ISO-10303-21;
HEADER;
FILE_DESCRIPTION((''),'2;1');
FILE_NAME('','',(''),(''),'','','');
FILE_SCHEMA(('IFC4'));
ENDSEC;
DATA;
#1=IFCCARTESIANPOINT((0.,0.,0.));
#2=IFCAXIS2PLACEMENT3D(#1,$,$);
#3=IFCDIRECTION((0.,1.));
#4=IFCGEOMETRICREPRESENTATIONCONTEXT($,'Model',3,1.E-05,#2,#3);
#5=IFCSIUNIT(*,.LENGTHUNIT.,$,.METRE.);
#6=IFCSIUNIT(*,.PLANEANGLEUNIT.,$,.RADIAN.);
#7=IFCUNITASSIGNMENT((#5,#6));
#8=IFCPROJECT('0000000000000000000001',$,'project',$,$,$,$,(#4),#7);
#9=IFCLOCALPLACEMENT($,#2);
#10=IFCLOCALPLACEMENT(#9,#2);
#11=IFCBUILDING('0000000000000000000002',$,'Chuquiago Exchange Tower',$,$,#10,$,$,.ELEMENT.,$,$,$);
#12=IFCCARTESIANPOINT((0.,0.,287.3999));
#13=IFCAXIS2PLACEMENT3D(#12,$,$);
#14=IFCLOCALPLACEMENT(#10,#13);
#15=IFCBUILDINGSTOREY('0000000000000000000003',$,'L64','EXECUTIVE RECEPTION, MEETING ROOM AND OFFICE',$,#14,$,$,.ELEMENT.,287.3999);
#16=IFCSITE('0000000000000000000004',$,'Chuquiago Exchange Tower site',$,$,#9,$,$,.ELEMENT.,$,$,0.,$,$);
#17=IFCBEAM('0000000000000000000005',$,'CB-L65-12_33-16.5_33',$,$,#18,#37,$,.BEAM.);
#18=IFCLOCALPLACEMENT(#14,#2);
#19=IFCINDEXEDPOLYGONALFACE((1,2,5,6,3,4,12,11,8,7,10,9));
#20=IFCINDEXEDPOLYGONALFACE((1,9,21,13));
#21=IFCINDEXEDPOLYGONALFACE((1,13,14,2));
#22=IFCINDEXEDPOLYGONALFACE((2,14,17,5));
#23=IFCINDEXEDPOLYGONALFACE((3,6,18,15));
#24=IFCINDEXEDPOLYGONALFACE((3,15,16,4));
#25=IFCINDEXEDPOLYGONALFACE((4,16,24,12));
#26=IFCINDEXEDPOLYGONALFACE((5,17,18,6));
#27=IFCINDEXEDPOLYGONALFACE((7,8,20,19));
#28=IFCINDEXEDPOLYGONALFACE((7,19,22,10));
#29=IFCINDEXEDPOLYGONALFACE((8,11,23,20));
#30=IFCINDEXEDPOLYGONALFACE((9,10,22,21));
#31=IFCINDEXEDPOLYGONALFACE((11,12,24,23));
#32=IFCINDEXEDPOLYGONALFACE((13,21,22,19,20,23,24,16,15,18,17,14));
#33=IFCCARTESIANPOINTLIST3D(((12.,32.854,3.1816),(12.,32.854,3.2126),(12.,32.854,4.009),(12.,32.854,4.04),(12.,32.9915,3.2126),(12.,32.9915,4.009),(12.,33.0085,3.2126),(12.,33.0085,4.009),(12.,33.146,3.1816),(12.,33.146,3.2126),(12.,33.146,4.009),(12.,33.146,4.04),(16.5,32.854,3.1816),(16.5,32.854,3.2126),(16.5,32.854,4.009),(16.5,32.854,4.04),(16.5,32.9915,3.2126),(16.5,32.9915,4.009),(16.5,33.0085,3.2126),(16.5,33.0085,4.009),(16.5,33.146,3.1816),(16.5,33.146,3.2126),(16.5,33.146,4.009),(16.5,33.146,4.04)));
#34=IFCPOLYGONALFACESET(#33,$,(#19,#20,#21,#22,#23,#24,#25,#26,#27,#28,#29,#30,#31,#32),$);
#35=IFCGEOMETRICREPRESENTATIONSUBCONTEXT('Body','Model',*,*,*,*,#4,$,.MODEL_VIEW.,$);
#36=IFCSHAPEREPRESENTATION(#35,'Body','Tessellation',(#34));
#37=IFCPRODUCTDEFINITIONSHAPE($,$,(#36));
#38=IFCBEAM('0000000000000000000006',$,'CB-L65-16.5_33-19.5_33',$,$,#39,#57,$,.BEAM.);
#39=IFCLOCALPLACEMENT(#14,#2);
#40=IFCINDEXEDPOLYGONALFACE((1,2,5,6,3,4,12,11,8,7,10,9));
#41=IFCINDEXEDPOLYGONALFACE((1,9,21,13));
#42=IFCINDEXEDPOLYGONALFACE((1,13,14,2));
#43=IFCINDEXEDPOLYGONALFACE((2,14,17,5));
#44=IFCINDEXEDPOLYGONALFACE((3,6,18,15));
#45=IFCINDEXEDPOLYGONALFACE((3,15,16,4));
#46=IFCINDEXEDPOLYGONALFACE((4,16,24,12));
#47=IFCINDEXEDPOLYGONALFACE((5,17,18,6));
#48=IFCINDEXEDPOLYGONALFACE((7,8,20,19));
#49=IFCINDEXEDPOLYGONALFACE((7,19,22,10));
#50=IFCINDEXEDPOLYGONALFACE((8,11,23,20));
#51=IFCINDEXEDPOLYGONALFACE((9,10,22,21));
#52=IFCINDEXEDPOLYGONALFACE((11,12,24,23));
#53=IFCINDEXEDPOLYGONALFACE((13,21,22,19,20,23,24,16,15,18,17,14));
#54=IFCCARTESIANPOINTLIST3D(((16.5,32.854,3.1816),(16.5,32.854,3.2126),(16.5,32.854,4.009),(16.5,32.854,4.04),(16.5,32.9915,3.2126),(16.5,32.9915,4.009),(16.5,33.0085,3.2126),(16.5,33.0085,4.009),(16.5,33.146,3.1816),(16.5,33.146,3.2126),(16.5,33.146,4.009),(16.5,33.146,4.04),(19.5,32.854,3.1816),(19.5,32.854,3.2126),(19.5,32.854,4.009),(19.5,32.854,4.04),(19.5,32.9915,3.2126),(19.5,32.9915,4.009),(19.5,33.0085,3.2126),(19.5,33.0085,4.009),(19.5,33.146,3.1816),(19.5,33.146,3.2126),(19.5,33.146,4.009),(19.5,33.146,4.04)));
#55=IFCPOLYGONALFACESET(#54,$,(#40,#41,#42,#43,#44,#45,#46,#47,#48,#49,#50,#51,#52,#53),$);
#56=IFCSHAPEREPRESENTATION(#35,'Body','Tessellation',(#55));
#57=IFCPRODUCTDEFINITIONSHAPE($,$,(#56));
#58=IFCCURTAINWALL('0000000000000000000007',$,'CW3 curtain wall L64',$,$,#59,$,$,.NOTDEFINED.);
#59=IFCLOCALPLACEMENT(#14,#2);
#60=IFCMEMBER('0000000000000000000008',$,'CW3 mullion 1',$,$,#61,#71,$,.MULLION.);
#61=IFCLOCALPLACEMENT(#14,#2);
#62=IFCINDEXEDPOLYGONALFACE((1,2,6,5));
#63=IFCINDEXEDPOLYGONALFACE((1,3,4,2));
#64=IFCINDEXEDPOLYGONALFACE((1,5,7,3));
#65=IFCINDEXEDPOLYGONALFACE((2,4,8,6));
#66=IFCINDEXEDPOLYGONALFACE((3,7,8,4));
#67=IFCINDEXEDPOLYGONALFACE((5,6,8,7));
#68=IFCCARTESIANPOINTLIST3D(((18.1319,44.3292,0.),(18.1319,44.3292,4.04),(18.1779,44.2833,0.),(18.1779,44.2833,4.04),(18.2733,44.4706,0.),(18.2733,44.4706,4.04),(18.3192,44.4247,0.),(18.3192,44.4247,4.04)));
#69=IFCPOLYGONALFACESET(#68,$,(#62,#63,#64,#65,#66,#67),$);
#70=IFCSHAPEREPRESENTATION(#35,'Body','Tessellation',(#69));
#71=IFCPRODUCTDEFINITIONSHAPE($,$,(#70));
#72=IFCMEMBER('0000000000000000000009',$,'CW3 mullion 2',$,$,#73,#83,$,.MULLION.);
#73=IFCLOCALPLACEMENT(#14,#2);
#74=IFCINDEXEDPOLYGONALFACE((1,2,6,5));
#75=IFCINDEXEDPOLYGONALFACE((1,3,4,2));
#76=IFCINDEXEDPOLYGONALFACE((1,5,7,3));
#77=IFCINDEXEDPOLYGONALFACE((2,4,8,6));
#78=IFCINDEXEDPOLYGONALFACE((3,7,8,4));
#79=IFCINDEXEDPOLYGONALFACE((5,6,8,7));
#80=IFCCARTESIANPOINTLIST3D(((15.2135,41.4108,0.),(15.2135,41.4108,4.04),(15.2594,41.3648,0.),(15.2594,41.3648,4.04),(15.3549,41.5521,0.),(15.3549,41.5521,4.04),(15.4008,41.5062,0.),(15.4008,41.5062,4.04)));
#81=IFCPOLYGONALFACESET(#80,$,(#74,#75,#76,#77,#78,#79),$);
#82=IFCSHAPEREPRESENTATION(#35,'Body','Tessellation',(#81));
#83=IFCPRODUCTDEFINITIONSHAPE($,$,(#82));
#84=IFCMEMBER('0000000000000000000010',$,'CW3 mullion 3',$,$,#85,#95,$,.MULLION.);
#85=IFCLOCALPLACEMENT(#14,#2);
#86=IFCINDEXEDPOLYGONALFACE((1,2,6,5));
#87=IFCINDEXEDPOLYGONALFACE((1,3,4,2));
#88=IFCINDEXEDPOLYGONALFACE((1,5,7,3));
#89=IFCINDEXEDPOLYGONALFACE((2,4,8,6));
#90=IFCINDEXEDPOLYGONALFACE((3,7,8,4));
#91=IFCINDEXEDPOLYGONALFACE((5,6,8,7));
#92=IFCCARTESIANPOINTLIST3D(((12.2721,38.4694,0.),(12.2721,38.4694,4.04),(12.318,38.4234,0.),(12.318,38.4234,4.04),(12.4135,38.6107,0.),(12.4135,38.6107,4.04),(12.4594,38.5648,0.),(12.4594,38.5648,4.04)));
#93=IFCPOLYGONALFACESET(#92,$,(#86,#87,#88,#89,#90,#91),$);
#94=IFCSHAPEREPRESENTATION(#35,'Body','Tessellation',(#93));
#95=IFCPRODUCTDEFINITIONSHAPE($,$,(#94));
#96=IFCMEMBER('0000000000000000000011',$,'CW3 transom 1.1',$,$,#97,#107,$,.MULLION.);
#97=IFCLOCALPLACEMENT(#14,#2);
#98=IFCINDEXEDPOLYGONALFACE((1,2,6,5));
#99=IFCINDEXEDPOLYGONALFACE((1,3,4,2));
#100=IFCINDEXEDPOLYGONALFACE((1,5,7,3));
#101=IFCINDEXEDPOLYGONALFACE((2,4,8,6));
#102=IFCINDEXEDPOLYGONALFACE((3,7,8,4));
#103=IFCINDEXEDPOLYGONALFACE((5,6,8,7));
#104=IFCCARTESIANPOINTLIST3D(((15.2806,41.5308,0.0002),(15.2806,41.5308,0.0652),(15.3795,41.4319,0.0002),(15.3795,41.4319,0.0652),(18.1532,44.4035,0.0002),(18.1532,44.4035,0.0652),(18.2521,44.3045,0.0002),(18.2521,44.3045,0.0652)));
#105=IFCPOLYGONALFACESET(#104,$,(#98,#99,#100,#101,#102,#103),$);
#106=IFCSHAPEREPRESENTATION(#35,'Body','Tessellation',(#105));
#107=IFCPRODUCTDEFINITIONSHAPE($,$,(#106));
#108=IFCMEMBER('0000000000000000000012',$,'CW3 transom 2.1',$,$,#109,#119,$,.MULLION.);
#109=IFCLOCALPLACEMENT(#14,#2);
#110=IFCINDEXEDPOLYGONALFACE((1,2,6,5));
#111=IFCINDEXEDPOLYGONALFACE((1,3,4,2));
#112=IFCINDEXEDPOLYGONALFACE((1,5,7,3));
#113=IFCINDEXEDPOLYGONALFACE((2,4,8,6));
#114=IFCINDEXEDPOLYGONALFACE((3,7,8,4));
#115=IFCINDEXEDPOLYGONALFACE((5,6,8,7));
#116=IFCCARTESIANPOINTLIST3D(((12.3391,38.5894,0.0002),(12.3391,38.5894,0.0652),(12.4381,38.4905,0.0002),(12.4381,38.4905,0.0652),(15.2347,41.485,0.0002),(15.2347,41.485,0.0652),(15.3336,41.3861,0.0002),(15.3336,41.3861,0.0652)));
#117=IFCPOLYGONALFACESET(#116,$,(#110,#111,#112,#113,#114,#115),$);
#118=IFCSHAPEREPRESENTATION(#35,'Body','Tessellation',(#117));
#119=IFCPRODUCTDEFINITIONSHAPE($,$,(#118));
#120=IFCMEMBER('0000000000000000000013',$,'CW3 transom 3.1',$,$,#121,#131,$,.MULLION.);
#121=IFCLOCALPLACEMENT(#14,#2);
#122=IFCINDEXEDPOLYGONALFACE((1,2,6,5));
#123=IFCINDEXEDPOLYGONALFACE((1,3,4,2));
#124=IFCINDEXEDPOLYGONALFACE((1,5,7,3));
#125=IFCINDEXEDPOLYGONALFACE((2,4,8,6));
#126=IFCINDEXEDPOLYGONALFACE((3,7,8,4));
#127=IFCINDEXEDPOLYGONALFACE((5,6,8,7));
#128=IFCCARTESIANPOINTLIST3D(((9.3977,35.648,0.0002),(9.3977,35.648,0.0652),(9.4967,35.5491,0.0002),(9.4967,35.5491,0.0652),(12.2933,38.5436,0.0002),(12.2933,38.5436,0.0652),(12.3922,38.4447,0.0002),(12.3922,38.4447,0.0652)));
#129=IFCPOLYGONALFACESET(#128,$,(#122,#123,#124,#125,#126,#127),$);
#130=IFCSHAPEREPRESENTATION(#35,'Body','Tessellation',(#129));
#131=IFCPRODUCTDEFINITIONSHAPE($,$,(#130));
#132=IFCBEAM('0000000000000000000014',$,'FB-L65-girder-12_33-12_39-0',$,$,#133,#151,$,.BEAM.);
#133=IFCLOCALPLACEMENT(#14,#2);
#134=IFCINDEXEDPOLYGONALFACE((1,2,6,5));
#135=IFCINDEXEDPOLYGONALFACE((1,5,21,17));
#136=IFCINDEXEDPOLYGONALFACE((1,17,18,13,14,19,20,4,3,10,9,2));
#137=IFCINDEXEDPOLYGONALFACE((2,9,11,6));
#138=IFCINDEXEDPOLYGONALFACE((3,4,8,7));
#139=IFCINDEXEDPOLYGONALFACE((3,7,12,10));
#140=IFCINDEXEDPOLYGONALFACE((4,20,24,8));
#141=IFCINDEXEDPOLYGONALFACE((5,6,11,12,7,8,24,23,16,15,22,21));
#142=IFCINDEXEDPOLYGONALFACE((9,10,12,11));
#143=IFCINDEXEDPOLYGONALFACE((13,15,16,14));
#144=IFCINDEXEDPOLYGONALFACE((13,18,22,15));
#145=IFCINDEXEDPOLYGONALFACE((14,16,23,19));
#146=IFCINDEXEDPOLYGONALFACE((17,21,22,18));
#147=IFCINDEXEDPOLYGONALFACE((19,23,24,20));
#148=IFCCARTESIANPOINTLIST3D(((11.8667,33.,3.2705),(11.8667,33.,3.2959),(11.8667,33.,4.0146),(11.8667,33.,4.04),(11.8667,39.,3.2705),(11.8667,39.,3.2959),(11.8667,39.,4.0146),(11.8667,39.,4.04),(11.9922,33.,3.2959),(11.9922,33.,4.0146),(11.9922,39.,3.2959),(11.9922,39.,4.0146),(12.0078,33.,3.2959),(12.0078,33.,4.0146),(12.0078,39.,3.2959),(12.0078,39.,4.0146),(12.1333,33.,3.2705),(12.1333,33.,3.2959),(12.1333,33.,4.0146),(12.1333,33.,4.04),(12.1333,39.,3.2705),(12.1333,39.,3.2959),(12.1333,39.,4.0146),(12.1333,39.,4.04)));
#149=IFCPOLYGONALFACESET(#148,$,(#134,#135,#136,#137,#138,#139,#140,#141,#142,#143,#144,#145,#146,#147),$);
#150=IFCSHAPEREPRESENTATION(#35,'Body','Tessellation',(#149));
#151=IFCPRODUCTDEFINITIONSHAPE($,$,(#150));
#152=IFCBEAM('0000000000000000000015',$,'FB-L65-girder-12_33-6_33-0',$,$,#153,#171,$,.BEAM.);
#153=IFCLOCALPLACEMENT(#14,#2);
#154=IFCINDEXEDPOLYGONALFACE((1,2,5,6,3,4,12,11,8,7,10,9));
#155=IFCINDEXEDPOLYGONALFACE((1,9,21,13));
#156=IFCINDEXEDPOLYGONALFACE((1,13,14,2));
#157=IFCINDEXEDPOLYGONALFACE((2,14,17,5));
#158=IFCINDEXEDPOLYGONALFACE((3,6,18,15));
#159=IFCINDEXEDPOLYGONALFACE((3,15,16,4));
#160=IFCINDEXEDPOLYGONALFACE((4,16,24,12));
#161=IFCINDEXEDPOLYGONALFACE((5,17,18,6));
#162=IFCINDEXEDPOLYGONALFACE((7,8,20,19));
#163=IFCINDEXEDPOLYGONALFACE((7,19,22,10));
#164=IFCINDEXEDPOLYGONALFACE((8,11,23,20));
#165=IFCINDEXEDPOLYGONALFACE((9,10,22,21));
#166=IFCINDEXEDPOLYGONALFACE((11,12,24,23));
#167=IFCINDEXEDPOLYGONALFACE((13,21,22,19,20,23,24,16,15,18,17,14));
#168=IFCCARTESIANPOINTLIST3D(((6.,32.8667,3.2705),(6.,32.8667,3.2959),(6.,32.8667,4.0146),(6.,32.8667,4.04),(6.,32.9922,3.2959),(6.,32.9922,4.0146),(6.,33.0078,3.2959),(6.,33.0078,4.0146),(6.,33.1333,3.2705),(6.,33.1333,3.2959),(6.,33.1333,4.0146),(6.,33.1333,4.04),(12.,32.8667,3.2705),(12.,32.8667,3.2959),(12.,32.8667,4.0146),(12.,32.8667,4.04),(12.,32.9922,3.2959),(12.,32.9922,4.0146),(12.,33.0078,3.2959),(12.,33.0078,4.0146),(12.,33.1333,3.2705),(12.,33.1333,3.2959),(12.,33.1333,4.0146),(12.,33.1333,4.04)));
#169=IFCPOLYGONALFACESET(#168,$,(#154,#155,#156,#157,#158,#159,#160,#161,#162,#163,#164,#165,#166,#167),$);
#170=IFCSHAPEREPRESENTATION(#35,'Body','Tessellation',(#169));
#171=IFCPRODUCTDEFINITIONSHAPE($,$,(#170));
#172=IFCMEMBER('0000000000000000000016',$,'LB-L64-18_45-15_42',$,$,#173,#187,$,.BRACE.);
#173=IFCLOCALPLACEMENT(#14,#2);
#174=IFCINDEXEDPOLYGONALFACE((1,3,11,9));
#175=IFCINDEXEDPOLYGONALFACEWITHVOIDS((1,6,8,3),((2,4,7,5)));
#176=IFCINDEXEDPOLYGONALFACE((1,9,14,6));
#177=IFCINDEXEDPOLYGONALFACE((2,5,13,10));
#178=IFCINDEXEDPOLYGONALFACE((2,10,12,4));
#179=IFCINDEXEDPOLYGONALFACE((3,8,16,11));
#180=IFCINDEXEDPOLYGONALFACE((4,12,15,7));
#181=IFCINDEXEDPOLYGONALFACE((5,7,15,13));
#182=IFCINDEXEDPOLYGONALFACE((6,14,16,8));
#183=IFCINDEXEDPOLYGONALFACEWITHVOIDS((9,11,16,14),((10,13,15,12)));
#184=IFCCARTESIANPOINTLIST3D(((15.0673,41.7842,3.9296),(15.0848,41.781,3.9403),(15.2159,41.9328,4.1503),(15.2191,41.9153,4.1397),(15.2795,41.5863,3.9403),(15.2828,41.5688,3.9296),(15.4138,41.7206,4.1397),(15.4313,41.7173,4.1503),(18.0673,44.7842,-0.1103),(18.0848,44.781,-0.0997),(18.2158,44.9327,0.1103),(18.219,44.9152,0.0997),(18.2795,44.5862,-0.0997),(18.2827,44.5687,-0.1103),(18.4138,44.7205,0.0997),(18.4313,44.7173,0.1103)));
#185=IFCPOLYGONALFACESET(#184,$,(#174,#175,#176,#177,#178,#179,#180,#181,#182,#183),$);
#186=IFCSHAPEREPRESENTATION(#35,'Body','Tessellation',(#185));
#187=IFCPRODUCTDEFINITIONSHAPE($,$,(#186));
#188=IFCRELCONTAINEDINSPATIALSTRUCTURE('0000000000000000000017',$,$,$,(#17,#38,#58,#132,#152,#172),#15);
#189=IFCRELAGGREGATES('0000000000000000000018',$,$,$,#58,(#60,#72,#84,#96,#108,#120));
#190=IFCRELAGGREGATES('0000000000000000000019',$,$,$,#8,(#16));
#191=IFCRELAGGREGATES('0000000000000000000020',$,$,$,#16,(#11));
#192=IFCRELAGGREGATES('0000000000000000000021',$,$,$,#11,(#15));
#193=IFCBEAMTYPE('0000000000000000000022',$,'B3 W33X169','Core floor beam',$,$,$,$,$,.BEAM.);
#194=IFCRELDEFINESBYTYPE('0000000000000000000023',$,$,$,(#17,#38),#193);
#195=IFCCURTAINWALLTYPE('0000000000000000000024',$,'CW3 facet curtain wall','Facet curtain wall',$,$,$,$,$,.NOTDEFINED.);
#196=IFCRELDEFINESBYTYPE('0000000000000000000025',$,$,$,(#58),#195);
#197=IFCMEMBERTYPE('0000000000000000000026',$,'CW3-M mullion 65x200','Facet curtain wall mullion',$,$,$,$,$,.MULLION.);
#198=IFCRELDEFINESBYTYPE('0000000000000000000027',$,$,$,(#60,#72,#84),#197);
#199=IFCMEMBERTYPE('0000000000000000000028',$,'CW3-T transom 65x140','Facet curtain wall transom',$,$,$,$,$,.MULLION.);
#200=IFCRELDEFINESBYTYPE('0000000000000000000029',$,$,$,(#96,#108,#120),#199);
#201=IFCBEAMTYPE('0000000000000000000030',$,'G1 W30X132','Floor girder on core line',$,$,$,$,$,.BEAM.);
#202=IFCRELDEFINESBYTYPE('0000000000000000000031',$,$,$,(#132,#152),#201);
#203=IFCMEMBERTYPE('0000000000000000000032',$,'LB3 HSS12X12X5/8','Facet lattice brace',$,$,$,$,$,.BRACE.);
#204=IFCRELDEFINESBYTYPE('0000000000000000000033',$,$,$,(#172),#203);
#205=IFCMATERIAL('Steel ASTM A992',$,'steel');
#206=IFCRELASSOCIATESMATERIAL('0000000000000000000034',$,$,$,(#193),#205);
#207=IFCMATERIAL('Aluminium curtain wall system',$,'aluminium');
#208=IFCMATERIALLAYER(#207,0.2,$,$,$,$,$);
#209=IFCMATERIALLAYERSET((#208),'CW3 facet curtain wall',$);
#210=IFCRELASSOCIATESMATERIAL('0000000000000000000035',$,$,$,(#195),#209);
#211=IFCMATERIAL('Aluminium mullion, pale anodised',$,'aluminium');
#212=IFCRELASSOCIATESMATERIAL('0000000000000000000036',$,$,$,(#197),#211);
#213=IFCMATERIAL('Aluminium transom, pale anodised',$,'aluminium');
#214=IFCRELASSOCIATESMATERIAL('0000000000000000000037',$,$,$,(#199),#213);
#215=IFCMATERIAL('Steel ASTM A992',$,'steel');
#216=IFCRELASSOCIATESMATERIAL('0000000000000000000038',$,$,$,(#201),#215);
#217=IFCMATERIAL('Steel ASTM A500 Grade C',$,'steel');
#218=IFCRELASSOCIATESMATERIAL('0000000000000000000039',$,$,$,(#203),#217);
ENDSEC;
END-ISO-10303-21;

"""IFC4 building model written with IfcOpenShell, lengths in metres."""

from ifc_helpers import new_model, si_unit, direction, frame, origin, origin_2d, place, context, subcontext, project, spatial, rectangle, hollow_rectangle, i_section, extrude, material, layer, layer_set, material_profile, profile_set, type_object, element, aggregate, save


model = new_model("IFC4")

# Units and contexts
model_context = context("Model", 3, precision=1e-05, world=origin(), true_north=direction((0.0, 1.0)))
body_context = subcontext(model_context, "Body", "Model", "MODEL_VIEW")
ifc_project = project(units=[si_unit("LENGTHUNIT", "METRE"), si_unit("PLANEANGLEUNIT", "RADIAN")], contexts=[model_context])

# Site, building, storey
site_placement = place(None, origin())
site = spatial("IfcSite", under=ifc_project, at=site_placement, Name="Chuquiago Exchange Tower site", CompositionType="ELEMENT", RefElevation=0.0)
building_placement = place(site_placement, origin())
building = spatial("IfcBuilding", under=site, at=building_placement, Name="Chuquiago Exchange Tower", CompositionType="ELEMENT")
storey_placement = place(building_placement, frame((0.0, 0.0, 287.3999)))
storey = spatial("IfcBuildingStorey", under=building, at=storey_placement, Name="L64", Description="EXECUTIVE RECEPTION, MEETING ROOM AND OFFICE", CompositionType="ELEMENT", Elevation=287.3999)

# Beams
ifc_material_1 = material(Name="Steel ASTM A992", Category="steel")
ifc_material_profile_1 = material_profile(ifc_material_1, i_section(OverallWidth=0.292, OverallDepth=0.8584, WebThickness=0.0171, FlangeThickness=0.031, at=origin_2d()), Name="W33X169")
ifc_profile_set_1 = profile_set([ifc_material_profile_1], Name="Steel ASTM A992")
beam_type_1 = type_object("IfcBeamType", Name="B3 W33X169", Description="Core floor beam", PredefinedType="BEAM", material=ifc_profile_set_1)
beam_1_placement = place(storey_placement, frame((12.0, 33.0, 3.6108), z_axis=(1.0, 0.0, 0.0), x_axis=(0.0, 1.0, 0.0)))
element("IfcBeam", 1, at=beam_1_placement, inside=storey, type_object=beam_type_1, Name="CB-L65-12_33-16.5_33", PredefinedType="BEAM", context=body_context, shape_type="SweptSolid", body=[
    extrude(i_section(OverallWidth=0.292, OverallDepth=0.8584, WebThickness=0.0171, FlangeThickness=0.031, at=origin_2d()), origin(), (0.0, 0.0, 1.0), 4.5),
])
beam_2_placement = place(storey_placement, frame((16.5, 33.0, 3.6108), z_axis=(1.0, 0.0, 0.0), x_axis=(0.0, 1.0, 0.0)))
element("IfcBeam", 2, at=beam_2_placement, inside=storey, type_object=beam_type_1, Name="CB-L65-16.5_33-19.5_33", PredefinedType="BEAM", context=body_context, shape_type="SweptSolid", body=[
    extrude(i_section(OverallWidth=0.292, OverallDepth=0.8584, WebThickness=0.0171, FlangeThickness=0.031, at=origin_2d()), origin(), (0.0, 0.0, 1.0), 3.0),
])

# Curtain wall, members
ifc_material_2 = material(Name="Aluminium curtain wall system", Category="aluminium")
ifc_layer_1 = layer(ifc_material_2, 0.2)
ifc_layer_set_1 = layer_set([ifc_layer_1], Name="CW3 facet curtain wall")
curtain_wall_type = type_object("IfcCurtainWallType", Name="CW3 facet curtain wall", Description="Facet curtain wall", PredefinedType="NOTDEFINED", material=ifc_layer_set_1)
curtain_wall_placement = place(storey_placement, origin())
curtain_wall = element("IfcCurtainWall", 3, at=curtain_wall_placement, inside=storey, type_object=curtain_wall_type, Name="CW3 curtain wall L64", PredefinedType="NOTDEFINED")
ifc_material_3 = material(Name="Aluminium mullion, pale anodised", Category="aluminium")
ifc_material_profile_2 = material_profile(ifc_material_3, rectangle(XDim=0.0649, YDim=0.2, at=origin_2d()), Name="AL 65x200")
ifc_profile_set_2 = profile_set([ifc_material_profile_2], Name="Aluminium mullion, pale anodised")
member_type_1 = type_object("IfcMemberType", Name="CW3-M mullion 65x200", Description="Facet curtain wall mullion", PredefinedType="MULLION", material=ifc_profile_set_2)
member_1_placement = place(storey_placement, frame((18.2256, 44.377, 0.0), z_axis=(0.0, 0.0, 1.0), x_axis=(0.707107, -0.707107, 0.0)))
member_1 = element("IfcMember", 4, at=member_1_placement, type_object=member_type_1, Name="CW3 mullion 1", PredefinedType="MULLION", context=body_context, shape_type="SweptSolid", body=[
    extrude(rectangle(XDim=0.0649, YDim=0.2, at=origin_2d()), origin(), (0.0, 0.0, 1.0), 4.04),
])
member_2_placement = place(storey_placement, frame((15.3071, 41.4585, 0.0), z_axis=(0.0, 0.0, 1.0), x_axis=(0.707107, -0.707107, 0.0)))
member_2 = element("IfcMember", 5, at=member_2_placement, type_object=member_type_1, Name="CW3 mullion 2", PredefinedType="MULLION", context=body_context, shape_type="SweptSolid", body=[
    extrude(rectangle(XDim=0.0649, YDim=0.2, at=origin_2d()), origin(), (0.0, 0.0, 1.0), 4.04),
])
member_3_placement = place(storey_placement, frame((12.3657, 38.5171, 0.0), z_axis=(0.0, 0.0, 1.0), x_axis=(0.707107, -0.707107, 0.0)))
member_3 = element("IfcMember", 6, at=member_3_placement, type_object=member_type_1, Name="CW3 mullion 3", PredefinedType="MULLION", context=body_context, shape_type="SweptSolid", body=[
    extrude(rectangle(XDim=0.0649, YDim=0.2, at=origin_2d()), origin(), (0.0, 0.0, 1.0), 4.04),
])
ifc_material_4 = material(Name="Aluminium transom, pale anodised", Category="aluminium")
ifc_material_profile_3 = material_profile(ifc_material_4, rectangle(XDim=0.1399, YDim=0.0649, at=origin_2d()), Name="AL 140x65")
ifc_profile_set_3 = profile_set([ifc_material_profile_3], Name="Aluminium transom, pale anodised")
member_type_2 = type_object("IfcMemberType", Name="CW3-T transom 65x140", Description="Facet curtain wall transom", PredefinedType="MULLION", material=ifc_profile_set_3)
member_4_placement = place(storey_placement, frame((18.2026, 44.354, 0.0327), z_axis=(-0.707107, -0.707107, 0.0), x_axis=(0.707107, -0.707107, 0.0)))
member_4 = element("IfcMember", 7, at=member_4_placement, type_object=member_type_2, Name="CW3 transom 1.1", PredefinedType="MULLION", context=body_context, shape_type="SweptSolid", body=[
    extrude(rectangle(XDim=0.1399, YDim=0.0649, at=origin_2d()), origin(), (0.0, 0.0, 1.0), 4.0625),
])
member_5_placement = place(storey_placement, frame((15.2842, 41.4355, 0.0327), z_axis=(-0.707107, -0.707107, 0.0), x_axis=(0.707107, -0.707107, 0.0)))
member_5 = element("IfcMember", 8, at=member_5_placement, type_object=member_type_2, Name="CW3 transom 2.1", PredefinedType="MULLION", context=body_context, shape_type="SweptSolid", body=[
    extrude(rectangle(XDim=0.1399, YDim=0.0649, at=origin_2d()), origin(), (0.0, 0.0, 1.0), 4.095),
])
member_6_placement = place(storey_placement, frame((12.3428, 38.4941, 0.0327), z_axis=(-0.707107, -0.707107, 0.0), x_axis=(0.707107, -0.707107, 0.0)))
member_6 = element("IfcMember", 9, at=member_6_placement, type_object=member_type_2, Name="CW3 transom 3.1", PredefinedType="MULLION", context=body_context, shape_type="SweptSolid", body=[
    extrude(rectangle(XDim=0.1399, YDim=0.0649, at=origin_2d()), origin(), (0.0, 0.0, 1.0), 4.095),
])

# Beams
ifc_material_5 = material(Name="Steel ASTM A992", Category="steel")
ifc_material_profile_4 = material_profile(ifc_material_5, i_section(OverallWidth=0.2666, OverallDepth=0.7695, WebThickness=0.0156, FlangeThickness=0.0254, at=origin_2d()), Name="W30X132")
ifc_profile_set_4 = profile_set([ifc_material_profile_4], Name="Steel ASTM A992")
beam_type_2 = type_object("IfcBeamType", Name="G1 W30X132", Description="Floor girder on core line", PredefinedType="BEAM", material=ifc_profile_set_4)
for number, where, z_axis, x_axis, name in (
    (10, (12.0, 33.0, 3.6553), (0.0, 1.0, 0.0), (-1.0, 0.0, 0.0), "FB-L65-girder-12_33-12_39-0"),
    (11, (12.0, 33.0, 3.6553), (-1.0, 0.0, 0.0), (0.0, -1.0, 0.0), "FB-L65-girder-12_33-6_33-0"),
):
    element("IfcBeam", number, at=place(storey_placement, frame(where, z_axis=z_axis, x_axis=x_axis)), inside=storey, type_object=beam_type_2, Name=name, PredefinedType="BEAM", context=body_context, shape_type="SweptSolid", body=[
        extrude(i_section(OverallWidth=0.2666, OverallDepth=0.7695, WebThickness=0.0156, FlangeThickness=0.0254, at=origin_2d()), origin(), (0.0, 0.0, 1.0), 6.0),
    ])

# Member
ifc_material_6 = material(Name="Steel ASTM A500 Grade C", Category="steel")
ifc_material_profile_5 = material_profile(ifc_material_6, hollow_rectangle(XDim=0.3047, YDim=0.3047, WallThickness=0.0146, at=origin_2d()), Name="HSS12X12X5/8")
ifc_profile_set_5 = profile_set([ifc_material_profile_5], Name="Steel ASTM A500 Grade C")
member_type_3 = type_object("IfcMemberType", Name="LB3 HSS12X12X5/8", Description="Facet lattice brace", PredefinedType="BRACE", material=ifc_profile_set_5)
for number, where, z_axis, x_axis, name in (
    (12, (18.2493, 44.7507, 0.0), (-0.512077, -0.512077, 0.689604), (0.707107, -0.707107, 0.0), "LB-L64-18_45-15_42"),
):
    element("IfcMember", number, at=place(storey_placement, frame(where, z_axis=z_axis, x_axis=x_axis)), inside=storey, type_object=member_type_3, Name=name, PredefinedType="BRACE", context=body_context, shape_type="SweptSolid", body=[
        extrude(hollow_rectangle(XDim=0.3047, YDim=0.3047, WallThickness=0.0146, at=origin_2d()), origin(), (0.0, 0.0, 1.0), 5.8584),
    ])

aggregate(curtain_wall, [member_1, member_2, member_3, member_4, member_5, member_6])

save(model, "model.ifc")
